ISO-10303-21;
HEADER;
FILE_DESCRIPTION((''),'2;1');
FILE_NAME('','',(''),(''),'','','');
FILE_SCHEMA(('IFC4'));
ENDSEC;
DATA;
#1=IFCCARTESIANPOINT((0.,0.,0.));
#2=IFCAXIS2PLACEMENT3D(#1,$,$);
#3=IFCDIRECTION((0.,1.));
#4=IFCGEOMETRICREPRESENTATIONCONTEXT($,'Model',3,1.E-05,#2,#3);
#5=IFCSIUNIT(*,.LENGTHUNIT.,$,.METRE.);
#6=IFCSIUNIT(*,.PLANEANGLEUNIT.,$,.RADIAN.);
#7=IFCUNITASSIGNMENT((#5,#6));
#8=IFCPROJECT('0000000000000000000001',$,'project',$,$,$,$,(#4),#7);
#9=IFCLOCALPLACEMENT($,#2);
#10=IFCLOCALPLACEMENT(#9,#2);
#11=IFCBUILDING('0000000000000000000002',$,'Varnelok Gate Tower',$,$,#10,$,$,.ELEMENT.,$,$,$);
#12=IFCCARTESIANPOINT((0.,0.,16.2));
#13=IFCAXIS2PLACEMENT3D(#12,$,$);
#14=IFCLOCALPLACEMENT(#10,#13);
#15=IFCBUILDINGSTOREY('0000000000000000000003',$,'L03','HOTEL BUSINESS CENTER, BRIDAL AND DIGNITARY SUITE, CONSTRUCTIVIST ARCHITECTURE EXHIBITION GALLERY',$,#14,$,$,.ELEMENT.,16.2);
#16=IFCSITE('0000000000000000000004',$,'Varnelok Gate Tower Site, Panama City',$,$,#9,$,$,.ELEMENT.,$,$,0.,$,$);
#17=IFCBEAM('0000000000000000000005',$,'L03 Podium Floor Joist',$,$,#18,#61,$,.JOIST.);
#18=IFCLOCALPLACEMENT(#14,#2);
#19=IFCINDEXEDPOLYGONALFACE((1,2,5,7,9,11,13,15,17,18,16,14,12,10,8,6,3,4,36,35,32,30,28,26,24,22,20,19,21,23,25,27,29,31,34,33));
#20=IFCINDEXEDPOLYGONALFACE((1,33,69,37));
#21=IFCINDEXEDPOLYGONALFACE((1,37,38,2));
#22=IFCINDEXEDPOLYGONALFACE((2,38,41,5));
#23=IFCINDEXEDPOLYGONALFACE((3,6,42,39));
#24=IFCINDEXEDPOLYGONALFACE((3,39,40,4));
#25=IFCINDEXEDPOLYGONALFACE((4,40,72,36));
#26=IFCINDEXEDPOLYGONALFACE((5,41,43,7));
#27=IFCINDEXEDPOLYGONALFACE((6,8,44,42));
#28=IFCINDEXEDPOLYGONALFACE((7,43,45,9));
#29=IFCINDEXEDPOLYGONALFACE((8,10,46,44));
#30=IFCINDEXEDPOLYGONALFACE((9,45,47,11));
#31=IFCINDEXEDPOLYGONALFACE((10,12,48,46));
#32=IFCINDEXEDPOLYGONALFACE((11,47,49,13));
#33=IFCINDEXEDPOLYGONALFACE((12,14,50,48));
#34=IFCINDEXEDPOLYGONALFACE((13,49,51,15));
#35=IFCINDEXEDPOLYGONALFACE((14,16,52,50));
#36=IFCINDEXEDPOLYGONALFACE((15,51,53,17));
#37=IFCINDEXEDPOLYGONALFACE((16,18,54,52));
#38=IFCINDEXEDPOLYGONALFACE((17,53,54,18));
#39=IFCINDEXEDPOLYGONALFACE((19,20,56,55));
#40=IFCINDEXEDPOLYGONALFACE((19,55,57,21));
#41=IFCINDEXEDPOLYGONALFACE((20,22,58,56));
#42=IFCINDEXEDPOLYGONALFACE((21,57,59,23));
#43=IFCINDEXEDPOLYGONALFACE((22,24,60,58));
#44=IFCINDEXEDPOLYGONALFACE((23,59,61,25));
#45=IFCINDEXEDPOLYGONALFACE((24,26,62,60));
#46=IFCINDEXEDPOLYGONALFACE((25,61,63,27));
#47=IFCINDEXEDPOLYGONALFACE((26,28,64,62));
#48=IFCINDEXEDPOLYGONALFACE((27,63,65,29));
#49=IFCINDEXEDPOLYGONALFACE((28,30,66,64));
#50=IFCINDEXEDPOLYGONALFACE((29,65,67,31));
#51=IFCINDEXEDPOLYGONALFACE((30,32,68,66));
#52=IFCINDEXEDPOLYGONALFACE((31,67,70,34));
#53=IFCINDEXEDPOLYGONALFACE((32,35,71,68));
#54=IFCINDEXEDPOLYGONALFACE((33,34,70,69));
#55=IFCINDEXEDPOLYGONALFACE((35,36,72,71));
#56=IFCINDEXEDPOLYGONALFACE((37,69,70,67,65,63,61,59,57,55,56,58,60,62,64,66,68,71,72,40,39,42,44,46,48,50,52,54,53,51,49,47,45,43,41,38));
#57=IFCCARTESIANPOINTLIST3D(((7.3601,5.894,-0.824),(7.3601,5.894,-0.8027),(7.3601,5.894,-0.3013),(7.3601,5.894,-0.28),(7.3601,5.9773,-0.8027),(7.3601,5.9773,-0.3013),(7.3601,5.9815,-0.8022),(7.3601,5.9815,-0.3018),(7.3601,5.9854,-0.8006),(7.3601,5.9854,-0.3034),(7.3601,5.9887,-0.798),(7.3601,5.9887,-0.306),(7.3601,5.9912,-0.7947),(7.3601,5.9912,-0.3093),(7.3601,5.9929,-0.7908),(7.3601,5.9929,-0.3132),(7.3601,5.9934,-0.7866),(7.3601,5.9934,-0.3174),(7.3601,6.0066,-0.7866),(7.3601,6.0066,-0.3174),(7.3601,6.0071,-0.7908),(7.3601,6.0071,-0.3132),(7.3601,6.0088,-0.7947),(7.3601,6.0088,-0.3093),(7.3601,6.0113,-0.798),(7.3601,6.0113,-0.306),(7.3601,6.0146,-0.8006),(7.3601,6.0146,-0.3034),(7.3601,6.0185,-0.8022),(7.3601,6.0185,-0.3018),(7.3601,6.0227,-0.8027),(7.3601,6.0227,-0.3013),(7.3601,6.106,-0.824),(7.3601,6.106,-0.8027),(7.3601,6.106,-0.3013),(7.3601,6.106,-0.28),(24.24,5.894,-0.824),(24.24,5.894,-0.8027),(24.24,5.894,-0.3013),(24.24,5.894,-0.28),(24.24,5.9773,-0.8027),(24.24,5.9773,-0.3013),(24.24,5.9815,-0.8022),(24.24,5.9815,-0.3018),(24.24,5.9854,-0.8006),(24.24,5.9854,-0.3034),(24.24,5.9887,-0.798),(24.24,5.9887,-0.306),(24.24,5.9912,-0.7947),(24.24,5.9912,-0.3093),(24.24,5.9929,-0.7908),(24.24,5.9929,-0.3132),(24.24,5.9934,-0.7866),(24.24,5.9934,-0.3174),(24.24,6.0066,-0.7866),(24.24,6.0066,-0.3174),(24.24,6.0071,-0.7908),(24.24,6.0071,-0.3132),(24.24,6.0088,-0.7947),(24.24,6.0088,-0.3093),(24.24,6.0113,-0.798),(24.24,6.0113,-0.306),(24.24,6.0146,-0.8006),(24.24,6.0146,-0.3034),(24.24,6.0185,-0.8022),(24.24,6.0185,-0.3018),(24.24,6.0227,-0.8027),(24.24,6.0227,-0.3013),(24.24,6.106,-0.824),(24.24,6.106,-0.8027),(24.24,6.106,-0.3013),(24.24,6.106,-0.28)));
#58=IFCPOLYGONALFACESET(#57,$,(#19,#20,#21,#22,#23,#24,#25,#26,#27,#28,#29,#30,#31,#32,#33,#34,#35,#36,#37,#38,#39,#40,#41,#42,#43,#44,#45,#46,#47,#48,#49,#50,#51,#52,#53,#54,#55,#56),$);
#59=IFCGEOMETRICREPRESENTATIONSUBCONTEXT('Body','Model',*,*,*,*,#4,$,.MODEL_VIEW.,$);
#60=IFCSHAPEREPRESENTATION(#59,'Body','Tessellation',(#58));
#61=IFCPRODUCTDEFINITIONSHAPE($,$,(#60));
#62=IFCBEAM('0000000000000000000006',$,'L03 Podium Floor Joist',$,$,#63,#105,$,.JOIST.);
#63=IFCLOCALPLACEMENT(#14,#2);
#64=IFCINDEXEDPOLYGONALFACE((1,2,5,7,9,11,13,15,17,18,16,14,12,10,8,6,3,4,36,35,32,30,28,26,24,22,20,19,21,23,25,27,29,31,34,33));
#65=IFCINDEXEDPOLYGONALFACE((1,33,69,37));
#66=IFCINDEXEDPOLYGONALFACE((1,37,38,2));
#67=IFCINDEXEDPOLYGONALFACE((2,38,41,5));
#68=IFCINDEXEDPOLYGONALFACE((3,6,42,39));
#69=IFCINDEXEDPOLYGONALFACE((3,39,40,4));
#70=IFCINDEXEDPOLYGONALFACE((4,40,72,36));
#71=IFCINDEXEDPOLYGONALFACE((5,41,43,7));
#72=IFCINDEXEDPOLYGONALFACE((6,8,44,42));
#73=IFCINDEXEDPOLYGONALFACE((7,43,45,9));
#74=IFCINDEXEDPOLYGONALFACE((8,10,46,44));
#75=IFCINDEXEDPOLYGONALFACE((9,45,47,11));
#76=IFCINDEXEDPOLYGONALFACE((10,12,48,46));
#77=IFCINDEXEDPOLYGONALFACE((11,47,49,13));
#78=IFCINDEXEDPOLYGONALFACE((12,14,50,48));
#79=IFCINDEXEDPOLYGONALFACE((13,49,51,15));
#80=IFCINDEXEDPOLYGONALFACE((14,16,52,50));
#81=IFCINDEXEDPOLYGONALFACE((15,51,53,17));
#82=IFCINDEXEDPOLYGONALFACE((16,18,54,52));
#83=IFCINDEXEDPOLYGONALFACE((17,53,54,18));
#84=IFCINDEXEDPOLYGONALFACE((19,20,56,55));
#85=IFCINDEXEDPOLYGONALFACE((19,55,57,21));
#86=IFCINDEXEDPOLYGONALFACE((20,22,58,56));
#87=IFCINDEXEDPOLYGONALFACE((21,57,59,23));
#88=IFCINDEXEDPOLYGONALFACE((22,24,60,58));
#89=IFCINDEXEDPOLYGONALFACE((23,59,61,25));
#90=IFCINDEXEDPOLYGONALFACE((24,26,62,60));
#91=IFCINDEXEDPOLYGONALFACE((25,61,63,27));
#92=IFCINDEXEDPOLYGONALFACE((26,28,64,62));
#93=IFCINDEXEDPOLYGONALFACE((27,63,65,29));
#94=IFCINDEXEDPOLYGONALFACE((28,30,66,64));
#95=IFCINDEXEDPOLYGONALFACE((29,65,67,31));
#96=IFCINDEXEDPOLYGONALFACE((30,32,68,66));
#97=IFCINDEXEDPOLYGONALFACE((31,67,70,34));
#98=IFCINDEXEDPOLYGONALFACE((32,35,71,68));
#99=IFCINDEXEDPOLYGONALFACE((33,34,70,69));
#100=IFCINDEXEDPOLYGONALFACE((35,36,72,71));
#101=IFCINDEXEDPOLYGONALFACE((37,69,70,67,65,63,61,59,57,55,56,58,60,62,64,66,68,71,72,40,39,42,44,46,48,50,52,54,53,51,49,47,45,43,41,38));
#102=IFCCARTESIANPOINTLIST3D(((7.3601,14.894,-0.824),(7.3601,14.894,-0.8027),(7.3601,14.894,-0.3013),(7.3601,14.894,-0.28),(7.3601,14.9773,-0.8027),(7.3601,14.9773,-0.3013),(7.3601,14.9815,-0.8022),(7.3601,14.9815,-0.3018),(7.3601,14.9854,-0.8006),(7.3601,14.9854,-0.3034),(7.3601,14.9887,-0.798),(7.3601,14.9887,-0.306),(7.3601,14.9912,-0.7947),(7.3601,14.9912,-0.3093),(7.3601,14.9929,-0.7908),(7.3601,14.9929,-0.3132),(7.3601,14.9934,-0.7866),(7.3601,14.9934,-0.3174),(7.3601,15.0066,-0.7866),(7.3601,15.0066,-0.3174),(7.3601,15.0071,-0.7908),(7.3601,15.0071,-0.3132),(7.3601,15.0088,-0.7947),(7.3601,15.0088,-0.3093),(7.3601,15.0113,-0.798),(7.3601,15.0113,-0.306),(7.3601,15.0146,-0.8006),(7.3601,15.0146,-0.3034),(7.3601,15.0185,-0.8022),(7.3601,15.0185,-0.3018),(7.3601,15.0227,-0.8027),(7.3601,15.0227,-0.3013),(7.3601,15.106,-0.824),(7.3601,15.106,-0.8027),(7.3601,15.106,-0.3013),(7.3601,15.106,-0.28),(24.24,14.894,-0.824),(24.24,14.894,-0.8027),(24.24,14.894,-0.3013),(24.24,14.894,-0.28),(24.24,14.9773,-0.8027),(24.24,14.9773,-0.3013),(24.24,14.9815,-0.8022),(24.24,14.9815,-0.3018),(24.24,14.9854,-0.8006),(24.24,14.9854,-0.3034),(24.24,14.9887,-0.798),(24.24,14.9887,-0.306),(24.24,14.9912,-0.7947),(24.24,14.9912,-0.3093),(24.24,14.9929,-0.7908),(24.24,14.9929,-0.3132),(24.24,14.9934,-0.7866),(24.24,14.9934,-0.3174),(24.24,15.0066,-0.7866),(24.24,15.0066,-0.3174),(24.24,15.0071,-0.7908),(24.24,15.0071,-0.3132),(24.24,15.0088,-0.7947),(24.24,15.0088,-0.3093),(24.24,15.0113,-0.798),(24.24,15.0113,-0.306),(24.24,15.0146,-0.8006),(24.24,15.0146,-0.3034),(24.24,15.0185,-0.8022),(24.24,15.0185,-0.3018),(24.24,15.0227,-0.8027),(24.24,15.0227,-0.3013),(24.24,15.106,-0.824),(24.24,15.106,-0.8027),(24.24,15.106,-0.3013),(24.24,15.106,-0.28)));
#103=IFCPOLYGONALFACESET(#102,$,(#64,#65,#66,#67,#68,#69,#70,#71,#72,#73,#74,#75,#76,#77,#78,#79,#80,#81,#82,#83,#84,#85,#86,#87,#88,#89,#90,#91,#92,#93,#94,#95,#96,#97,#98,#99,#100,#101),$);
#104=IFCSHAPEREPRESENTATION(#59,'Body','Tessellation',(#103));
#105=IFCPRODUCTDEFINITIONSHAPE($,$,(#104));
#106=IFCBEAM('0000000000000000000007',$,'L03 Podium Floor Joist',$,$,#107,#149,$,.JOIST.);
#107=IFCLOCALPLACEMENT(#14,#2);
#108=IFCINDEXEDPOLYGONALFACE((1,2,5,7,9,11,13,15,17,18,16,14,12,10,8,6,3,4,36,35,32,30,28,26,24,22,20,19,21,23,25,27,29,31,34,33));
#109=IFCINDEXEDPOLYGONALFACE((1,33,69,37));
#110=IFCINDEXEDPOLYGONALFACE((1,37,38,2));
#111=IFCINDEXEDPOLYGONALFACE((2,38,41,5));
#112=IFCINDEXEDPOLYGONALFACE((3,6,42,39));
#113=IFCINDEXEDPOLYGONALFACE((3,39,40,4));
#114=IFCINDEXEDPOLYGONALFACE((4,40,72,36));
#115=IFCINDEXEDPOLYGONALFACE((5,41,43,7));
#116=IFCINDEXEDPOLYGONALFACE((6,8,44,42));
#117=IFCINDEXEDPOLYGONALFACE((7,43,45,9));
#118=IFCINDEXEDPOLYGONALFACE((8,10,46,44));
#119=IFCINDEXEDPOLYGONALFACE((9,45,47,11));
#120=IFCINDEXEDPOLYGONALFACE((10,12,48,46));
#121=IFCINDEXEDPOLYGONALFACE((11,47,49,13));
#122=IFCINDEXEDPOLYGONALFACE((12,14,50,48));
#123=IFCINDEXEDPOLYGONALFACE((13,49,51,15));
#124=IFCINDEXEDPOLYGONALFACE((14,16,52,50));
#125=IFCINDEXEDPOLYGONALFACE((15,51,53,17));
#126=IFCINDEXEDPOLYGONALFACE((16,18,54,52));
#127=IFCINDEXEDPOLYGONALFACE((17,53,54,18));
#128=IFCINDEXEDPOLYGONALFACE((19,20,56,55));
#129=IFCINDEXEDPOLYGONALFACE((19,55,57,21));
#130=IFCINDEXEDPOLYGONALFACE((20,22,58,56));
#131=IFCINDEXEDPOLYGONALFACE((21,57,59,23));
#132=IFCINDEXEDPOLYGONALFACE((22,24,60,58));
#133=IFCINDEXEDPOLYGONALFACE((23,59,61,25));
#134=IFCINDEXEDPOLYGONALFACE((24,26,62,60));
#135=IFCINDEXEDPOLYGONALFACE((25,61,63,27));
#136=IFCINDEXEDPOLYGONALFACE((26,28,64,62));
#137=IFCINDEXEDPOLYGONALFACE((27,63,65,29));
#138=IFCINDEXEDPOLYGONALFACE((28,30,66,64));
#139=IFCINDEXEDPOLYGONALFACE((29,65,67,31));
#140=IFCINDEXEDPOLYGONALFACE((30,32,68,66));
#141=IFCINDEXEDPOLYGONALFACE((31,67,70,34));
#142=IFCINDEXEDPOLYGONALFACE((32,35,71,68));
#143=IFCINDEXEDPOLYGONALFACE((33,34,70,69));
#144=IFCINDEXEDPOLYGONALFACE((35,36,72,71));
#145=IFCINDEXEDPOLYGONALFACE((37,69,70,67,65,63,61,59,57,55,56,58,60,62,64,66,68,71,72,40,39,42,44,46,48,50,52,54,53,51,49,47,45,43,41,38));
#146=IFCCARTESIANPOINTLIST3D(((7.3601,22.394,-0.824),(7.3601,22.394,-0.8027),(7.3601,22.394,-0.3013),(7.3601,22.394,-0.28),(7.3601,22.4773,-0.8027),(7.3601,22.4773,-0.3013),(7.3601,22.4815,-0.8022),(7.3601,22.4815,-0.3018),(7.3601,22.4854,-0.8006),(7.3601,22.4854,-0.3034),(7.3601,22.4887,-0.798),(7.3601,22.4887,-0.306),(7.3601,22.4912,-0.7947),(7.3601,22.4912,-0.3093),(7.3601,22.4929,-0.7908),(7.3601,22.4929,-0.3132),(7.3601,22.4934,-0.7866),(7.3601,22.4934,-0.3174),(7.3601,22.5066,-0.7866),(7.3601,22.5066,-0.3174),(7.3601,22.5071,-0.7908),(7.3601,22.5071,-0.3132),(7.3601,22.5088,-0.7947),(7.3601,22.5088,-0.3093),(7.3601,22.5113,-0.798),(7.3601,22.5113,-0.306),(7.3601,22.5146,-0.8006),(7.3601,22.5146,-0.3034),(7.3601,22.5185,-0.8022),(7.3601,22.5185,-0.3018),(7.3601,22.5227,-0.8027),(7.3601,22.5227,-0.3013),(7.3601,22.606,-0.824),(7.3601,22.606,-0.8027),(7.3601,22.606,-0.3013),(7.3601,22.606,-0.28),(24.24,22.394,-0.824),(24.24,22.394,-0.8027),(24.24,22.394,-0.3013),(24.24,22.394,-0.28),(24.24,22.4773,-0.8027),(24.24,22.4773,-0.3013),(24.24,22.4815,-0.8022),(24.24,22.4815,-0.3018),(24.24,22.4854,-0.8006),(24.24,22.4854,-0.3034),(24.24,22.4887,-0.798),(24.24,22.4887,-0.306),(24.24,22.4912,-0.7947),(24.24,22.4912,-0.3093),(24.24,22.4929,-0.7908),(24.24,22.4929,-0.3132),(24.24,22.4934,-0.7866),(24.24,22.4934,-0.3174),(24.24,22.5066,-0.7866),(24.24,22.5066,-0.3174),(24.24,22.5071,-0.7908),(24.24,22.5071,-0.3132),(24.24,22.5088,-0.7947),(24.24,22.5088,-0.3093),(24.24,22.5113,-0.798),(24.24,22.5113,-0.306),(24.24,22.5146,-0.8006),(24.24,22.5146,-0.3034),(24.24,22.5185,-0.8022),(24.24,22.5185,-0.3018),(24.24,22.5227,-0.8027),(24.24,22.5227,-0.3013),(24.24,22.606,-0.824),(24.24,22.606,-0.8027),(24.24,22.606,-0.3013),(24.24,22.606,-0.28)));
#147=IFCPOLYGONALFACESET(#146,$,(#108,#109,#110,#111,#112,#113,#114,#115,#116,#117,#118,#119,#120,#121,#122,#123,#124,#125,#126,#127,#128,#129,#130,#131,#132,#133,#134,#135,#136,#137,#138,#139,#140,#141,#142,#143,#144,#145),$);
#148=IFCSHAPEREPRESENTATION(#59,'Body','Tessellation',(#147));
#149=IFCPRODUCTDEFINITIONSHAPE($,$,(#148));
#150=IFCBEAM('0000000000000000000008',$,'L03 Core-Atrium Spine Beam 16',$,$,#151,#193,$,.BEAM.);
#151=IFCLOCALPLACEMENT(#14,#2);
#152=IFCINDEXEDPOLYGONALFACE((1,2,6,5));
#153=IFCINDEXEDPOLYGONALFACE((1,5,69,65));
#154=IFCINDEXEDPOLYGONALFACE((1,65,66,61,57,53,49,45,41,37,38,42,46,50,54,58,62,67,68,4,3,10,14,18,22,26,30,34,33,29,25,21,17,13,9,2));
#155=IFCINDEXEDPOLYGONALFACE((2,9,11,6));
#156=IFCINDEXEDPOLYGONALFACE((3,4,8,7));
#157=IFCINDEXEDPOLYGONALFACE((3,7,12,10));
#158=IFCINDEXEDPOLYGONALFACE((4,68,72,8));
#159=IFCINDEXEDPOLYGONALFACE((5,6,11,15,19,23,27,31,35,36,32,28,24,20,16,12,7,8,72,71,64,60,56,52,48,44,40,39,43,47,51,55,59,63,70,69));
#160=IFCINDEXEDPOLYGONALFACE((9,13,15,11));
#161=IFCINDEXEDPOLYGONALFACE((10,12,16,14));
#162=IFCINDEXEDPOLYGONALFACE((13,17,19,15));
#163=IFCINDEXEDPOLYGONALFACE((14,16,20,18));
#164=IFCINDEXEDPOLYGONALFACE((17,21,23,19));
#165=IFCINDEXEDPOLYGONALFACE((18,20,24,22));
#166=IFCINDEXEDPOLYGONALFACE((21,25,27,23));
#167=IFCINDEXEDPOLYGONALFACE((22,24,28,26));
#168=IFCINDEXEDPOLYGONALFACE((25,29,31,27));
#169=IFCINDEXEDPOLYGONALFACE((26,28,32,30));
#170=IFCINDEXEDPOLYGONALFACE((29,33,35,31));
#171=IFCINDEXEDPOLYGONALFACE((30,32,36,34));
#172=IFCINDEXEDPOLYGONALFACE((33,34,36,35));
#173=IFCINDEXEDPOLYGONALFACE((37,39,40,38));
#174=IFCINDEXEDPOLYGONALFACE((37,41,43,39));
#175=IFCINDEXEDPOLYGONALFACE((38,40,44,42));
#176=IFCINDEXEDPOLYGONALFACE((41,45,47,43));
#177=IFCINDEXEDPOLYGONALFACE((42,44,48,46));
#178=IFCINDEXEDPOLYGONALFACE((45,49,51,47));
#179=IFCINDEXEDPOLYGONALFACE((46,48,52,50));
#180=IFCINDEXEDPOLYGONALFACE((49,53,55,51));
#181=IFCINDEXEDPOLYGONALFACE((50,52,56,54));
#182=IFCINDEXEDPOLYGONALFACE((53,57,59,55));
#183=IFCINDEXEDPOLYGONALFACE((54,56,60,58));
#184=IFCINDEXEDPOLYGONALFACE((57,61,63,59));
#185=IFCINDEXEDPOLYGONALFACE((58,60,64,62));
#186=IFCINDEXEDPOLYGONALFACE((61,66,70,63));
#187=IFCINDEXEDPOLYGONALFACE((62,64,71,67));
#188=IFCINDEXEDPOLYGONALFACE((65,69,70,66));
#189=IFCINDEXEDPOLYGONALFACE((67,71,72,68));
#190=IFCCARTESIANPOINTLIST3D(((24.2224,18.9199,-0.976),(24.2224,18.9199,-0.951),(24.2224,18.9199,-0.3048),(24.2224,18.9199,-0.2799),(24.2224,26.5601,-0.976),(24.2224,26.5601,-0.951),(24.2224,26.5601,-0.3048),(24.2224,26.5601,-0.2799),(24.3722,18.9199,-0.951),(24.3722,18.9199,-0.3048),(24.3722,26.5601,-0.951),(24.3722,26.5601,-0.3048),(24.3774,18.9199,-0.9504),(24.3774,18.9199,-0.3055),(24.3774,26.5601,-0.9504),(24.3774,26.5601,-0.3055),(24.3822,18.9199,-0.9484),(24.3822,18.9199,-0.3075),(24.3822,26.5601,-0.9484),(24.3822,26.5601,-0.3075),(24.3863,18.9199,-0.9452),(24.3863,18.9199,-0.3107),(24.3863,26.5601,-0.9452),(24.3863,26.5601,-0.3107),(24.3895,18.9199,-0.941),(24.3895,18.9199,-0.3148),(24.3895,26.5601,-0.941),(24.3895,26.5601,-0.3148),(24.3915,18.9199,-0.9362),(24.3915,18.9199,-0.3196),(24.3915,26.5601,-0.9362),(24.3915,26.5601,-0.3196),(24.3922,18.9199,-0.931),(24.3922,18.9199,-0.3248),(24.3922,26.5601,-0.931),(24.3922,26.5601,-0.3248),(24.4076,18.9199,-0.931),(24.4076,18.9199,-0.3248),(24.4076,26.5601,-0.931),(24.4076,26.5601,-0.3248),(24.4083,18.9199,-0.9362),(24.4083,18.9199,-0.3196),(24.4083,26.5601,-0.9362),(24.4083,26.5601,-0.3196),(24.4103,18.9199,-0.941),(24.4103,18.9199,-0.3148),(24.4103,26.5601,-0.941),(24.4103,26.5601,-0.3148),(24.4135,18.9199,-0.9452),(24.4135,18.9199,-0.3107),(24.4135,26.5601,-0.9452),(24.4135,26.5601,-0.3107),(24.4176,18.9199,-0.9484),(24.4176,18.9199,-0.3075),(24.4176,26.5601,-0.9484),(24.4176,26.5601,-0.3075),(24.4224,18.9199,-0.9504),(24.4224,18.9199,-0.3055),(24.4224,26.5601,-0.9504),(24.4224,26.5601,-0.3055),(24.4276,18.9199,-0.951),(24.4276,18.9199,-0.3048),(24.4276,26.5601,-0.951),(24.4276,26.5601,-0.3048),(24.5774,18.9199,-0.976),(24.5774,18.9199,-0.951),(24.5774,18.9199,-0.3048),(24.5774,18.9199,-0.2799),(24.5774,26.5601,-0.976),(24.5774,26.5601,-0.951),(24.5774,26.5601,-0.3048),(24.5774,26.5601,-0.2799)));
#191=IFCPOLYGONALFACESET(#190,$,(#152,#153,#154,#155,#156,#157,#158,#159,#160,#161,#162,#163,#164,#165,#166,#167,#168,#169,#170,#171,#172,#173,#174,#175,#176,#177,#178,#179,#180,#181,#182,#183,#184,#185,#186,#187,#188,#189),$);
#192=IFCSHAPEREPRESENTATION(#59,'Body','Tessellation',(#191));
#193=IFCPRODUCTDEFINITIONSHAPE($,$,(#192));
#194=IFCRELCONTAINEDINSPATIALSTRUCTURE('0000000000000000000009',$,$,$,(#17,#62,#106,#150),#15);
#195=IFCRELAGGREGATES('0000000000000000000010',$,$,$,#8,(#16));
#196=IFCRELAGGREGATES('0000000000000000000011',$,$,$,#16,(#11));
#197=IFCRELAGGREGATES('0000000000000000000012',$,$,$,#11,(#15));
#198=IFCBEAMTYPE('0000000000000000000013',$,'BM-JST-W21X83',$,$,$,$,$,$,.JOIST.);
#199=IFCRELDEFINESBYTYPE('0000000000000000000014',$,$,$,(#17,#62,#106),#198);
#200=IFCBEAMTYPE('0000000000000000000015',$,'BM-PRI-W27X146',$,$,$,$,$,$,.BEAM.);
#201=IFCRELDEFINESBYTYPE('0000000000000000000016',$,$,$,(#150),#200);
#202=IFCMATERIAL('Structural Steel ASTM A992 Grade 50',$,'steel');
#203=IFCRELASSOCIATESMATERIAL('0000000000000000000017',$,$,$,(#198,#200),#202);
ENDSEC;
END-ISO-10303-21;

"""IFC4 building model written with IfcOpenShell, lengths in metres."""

from ifc_helpers import new_model, si_unit, direction, frame, origin, origin_2d, place, context, subcontext, project, spatial, i_section, extrude, material, material_profile, profile_set, type_object, element, save


model = new_model("IFC4")

# Units and contexts
model_context = context("Model", 3, precision=1e-05, world=origin(), true_north=direction((0.0, 1.0)))
body_context = subcontext(model_context, "Body", "Model", "MODEL_VIEW")
ifc_project = project(units=[si_unit("LENGTHUNIT", "METRE"), si_unit("PLANEANGLEUNIT", "RADIAN")], contexts=[model_context])

# Site, building, storey
site_placement = place(None, origin())
site = spatial("IfcSite", under=ifc_project, at=site_placement, Name="Varnelok Gate Tower Site, Panama City", CompositionType="ELEMENT", RefElevation=0.0)
building_placement = place(site_placement, origin())
building = spatial("IfcBuilding", under=site, at=building_placement, Name="Varnelok Gate Tower", CompositionType="ELEMENT")
storey_placement = place(building_placement, frame((0.0, 0.0, 16.2)))
storey = spatial("IfcBuildingStorey", under=building, at=storey_placement, Name="L03", Description="HOTEL BUSINESS CENTER, BRIDAL AND DIGNITARY SUITE, CONSTRUCTIVIST ARCHITECTURE EXHIBITION GALLERY", CompositionType="ELEMENT", Elevation=16.2)

# Shared definitions
ifc_material_1 = material(Name="Structural Steel ASTM A992 Grade 50", Category="steel")

# Beams
ifc_material_profile_1 = material_profile(ifc_material_1, i_section(OverallWidth=0.2119, OverallDepth=0.5439, WebThickness=0.0132, FlangeThickness=0.0212, FilletRadius=0.0161, at=origin_2d()), Name="W21X83")
ifc_profile_set_1 = profile_set([ifc_material_profile_1], Name="Structural Steel ASTM A992 Grade 50")
beam_type_1 = type_object("IfcBeamType", Name="BM-JST-W21X83", PredefinedType="JOIST", material=ifc_profile_set_1)
for number, where, z_axis, x_axis, name in (
    (1, (7.3601, 6.0, -0.552), (1.0, 0.0, 0.0), (0.0, 1.0, 0.0), "L03 Podium Floor Joist"),
    (2, (7.3601, 15.0, -0.552), (1.0, 0.0, 0.0), (0.0, 1.0, 0.0), "L03 Podium Floor Joist"),
    (3, (7.3601, 22.5, -0.552), (1.0, 0.0, 0.0), (0.0, 1.0, 0.0), "L03 Podium Floor Joist"),
):
    element("IfcBeam", number, at=place(storey_placement, frame(where, z_axis=z_axis, x_axis=x_axis)), inside=storey, type_object=beam_type_1, Name=name, PredefinedType="JOIST", context=body_context, shape_type="SweptSolid", body=[
        extrude(i_section(OverallWidth=0.2119, OverallDepth=0.5439, WebThickness=0.0132, FlangeThickness=0.0212, FilletRadius=0.0161, at=origin_2d()), origin(), (0.0, 0.0, 1.0), 16.8799),
    ])
ifc_material_profile_2 = material_profile(ifc_material_1, i_section(OverallWidth=0.355, OverallDepth=0.696, WebThickness=0.0154, FlangeThickness=0.0249, FilletRadius=0.02, at=origin_2d()), Name="W27X146")
ifc_profile_set_2 = profile_set([ifc_material_profile_2], Name="Structural Steel ASTM A992 Grade 50")
beam_type_2 = type_object("IfcBeamType", Name="BM-PRI-W27X146", PredefinedType="BEAM", material=ifc_profile_set_2)
beam_1_placement = place(storey_placement, frame((24.3999, 18.9199, -0.6279), z_axis=(0.0, 1.0, 0.0), x_axis=(-1.0, 0.0, 0.0)))
element("IfcBeam", 4, at=beam_1_placement, inside=storey, type_object=beam_type_2, Name="L03 Core-Atrium Spine Beam 16", PredefinedType="BEAM", context=body_context, shape_type="SweptSolid", body=[
    extrude(i_section(OverallWidth=0.355, OverallDepth=0.696, WebThickness=0.0154, FlangeThickness=0.0249, FilletRadius=0.02, at=origin_2d()), origin(), (0.0, 0.0, 1.0), 7.6401),
])

save(model, "model.ifc")
